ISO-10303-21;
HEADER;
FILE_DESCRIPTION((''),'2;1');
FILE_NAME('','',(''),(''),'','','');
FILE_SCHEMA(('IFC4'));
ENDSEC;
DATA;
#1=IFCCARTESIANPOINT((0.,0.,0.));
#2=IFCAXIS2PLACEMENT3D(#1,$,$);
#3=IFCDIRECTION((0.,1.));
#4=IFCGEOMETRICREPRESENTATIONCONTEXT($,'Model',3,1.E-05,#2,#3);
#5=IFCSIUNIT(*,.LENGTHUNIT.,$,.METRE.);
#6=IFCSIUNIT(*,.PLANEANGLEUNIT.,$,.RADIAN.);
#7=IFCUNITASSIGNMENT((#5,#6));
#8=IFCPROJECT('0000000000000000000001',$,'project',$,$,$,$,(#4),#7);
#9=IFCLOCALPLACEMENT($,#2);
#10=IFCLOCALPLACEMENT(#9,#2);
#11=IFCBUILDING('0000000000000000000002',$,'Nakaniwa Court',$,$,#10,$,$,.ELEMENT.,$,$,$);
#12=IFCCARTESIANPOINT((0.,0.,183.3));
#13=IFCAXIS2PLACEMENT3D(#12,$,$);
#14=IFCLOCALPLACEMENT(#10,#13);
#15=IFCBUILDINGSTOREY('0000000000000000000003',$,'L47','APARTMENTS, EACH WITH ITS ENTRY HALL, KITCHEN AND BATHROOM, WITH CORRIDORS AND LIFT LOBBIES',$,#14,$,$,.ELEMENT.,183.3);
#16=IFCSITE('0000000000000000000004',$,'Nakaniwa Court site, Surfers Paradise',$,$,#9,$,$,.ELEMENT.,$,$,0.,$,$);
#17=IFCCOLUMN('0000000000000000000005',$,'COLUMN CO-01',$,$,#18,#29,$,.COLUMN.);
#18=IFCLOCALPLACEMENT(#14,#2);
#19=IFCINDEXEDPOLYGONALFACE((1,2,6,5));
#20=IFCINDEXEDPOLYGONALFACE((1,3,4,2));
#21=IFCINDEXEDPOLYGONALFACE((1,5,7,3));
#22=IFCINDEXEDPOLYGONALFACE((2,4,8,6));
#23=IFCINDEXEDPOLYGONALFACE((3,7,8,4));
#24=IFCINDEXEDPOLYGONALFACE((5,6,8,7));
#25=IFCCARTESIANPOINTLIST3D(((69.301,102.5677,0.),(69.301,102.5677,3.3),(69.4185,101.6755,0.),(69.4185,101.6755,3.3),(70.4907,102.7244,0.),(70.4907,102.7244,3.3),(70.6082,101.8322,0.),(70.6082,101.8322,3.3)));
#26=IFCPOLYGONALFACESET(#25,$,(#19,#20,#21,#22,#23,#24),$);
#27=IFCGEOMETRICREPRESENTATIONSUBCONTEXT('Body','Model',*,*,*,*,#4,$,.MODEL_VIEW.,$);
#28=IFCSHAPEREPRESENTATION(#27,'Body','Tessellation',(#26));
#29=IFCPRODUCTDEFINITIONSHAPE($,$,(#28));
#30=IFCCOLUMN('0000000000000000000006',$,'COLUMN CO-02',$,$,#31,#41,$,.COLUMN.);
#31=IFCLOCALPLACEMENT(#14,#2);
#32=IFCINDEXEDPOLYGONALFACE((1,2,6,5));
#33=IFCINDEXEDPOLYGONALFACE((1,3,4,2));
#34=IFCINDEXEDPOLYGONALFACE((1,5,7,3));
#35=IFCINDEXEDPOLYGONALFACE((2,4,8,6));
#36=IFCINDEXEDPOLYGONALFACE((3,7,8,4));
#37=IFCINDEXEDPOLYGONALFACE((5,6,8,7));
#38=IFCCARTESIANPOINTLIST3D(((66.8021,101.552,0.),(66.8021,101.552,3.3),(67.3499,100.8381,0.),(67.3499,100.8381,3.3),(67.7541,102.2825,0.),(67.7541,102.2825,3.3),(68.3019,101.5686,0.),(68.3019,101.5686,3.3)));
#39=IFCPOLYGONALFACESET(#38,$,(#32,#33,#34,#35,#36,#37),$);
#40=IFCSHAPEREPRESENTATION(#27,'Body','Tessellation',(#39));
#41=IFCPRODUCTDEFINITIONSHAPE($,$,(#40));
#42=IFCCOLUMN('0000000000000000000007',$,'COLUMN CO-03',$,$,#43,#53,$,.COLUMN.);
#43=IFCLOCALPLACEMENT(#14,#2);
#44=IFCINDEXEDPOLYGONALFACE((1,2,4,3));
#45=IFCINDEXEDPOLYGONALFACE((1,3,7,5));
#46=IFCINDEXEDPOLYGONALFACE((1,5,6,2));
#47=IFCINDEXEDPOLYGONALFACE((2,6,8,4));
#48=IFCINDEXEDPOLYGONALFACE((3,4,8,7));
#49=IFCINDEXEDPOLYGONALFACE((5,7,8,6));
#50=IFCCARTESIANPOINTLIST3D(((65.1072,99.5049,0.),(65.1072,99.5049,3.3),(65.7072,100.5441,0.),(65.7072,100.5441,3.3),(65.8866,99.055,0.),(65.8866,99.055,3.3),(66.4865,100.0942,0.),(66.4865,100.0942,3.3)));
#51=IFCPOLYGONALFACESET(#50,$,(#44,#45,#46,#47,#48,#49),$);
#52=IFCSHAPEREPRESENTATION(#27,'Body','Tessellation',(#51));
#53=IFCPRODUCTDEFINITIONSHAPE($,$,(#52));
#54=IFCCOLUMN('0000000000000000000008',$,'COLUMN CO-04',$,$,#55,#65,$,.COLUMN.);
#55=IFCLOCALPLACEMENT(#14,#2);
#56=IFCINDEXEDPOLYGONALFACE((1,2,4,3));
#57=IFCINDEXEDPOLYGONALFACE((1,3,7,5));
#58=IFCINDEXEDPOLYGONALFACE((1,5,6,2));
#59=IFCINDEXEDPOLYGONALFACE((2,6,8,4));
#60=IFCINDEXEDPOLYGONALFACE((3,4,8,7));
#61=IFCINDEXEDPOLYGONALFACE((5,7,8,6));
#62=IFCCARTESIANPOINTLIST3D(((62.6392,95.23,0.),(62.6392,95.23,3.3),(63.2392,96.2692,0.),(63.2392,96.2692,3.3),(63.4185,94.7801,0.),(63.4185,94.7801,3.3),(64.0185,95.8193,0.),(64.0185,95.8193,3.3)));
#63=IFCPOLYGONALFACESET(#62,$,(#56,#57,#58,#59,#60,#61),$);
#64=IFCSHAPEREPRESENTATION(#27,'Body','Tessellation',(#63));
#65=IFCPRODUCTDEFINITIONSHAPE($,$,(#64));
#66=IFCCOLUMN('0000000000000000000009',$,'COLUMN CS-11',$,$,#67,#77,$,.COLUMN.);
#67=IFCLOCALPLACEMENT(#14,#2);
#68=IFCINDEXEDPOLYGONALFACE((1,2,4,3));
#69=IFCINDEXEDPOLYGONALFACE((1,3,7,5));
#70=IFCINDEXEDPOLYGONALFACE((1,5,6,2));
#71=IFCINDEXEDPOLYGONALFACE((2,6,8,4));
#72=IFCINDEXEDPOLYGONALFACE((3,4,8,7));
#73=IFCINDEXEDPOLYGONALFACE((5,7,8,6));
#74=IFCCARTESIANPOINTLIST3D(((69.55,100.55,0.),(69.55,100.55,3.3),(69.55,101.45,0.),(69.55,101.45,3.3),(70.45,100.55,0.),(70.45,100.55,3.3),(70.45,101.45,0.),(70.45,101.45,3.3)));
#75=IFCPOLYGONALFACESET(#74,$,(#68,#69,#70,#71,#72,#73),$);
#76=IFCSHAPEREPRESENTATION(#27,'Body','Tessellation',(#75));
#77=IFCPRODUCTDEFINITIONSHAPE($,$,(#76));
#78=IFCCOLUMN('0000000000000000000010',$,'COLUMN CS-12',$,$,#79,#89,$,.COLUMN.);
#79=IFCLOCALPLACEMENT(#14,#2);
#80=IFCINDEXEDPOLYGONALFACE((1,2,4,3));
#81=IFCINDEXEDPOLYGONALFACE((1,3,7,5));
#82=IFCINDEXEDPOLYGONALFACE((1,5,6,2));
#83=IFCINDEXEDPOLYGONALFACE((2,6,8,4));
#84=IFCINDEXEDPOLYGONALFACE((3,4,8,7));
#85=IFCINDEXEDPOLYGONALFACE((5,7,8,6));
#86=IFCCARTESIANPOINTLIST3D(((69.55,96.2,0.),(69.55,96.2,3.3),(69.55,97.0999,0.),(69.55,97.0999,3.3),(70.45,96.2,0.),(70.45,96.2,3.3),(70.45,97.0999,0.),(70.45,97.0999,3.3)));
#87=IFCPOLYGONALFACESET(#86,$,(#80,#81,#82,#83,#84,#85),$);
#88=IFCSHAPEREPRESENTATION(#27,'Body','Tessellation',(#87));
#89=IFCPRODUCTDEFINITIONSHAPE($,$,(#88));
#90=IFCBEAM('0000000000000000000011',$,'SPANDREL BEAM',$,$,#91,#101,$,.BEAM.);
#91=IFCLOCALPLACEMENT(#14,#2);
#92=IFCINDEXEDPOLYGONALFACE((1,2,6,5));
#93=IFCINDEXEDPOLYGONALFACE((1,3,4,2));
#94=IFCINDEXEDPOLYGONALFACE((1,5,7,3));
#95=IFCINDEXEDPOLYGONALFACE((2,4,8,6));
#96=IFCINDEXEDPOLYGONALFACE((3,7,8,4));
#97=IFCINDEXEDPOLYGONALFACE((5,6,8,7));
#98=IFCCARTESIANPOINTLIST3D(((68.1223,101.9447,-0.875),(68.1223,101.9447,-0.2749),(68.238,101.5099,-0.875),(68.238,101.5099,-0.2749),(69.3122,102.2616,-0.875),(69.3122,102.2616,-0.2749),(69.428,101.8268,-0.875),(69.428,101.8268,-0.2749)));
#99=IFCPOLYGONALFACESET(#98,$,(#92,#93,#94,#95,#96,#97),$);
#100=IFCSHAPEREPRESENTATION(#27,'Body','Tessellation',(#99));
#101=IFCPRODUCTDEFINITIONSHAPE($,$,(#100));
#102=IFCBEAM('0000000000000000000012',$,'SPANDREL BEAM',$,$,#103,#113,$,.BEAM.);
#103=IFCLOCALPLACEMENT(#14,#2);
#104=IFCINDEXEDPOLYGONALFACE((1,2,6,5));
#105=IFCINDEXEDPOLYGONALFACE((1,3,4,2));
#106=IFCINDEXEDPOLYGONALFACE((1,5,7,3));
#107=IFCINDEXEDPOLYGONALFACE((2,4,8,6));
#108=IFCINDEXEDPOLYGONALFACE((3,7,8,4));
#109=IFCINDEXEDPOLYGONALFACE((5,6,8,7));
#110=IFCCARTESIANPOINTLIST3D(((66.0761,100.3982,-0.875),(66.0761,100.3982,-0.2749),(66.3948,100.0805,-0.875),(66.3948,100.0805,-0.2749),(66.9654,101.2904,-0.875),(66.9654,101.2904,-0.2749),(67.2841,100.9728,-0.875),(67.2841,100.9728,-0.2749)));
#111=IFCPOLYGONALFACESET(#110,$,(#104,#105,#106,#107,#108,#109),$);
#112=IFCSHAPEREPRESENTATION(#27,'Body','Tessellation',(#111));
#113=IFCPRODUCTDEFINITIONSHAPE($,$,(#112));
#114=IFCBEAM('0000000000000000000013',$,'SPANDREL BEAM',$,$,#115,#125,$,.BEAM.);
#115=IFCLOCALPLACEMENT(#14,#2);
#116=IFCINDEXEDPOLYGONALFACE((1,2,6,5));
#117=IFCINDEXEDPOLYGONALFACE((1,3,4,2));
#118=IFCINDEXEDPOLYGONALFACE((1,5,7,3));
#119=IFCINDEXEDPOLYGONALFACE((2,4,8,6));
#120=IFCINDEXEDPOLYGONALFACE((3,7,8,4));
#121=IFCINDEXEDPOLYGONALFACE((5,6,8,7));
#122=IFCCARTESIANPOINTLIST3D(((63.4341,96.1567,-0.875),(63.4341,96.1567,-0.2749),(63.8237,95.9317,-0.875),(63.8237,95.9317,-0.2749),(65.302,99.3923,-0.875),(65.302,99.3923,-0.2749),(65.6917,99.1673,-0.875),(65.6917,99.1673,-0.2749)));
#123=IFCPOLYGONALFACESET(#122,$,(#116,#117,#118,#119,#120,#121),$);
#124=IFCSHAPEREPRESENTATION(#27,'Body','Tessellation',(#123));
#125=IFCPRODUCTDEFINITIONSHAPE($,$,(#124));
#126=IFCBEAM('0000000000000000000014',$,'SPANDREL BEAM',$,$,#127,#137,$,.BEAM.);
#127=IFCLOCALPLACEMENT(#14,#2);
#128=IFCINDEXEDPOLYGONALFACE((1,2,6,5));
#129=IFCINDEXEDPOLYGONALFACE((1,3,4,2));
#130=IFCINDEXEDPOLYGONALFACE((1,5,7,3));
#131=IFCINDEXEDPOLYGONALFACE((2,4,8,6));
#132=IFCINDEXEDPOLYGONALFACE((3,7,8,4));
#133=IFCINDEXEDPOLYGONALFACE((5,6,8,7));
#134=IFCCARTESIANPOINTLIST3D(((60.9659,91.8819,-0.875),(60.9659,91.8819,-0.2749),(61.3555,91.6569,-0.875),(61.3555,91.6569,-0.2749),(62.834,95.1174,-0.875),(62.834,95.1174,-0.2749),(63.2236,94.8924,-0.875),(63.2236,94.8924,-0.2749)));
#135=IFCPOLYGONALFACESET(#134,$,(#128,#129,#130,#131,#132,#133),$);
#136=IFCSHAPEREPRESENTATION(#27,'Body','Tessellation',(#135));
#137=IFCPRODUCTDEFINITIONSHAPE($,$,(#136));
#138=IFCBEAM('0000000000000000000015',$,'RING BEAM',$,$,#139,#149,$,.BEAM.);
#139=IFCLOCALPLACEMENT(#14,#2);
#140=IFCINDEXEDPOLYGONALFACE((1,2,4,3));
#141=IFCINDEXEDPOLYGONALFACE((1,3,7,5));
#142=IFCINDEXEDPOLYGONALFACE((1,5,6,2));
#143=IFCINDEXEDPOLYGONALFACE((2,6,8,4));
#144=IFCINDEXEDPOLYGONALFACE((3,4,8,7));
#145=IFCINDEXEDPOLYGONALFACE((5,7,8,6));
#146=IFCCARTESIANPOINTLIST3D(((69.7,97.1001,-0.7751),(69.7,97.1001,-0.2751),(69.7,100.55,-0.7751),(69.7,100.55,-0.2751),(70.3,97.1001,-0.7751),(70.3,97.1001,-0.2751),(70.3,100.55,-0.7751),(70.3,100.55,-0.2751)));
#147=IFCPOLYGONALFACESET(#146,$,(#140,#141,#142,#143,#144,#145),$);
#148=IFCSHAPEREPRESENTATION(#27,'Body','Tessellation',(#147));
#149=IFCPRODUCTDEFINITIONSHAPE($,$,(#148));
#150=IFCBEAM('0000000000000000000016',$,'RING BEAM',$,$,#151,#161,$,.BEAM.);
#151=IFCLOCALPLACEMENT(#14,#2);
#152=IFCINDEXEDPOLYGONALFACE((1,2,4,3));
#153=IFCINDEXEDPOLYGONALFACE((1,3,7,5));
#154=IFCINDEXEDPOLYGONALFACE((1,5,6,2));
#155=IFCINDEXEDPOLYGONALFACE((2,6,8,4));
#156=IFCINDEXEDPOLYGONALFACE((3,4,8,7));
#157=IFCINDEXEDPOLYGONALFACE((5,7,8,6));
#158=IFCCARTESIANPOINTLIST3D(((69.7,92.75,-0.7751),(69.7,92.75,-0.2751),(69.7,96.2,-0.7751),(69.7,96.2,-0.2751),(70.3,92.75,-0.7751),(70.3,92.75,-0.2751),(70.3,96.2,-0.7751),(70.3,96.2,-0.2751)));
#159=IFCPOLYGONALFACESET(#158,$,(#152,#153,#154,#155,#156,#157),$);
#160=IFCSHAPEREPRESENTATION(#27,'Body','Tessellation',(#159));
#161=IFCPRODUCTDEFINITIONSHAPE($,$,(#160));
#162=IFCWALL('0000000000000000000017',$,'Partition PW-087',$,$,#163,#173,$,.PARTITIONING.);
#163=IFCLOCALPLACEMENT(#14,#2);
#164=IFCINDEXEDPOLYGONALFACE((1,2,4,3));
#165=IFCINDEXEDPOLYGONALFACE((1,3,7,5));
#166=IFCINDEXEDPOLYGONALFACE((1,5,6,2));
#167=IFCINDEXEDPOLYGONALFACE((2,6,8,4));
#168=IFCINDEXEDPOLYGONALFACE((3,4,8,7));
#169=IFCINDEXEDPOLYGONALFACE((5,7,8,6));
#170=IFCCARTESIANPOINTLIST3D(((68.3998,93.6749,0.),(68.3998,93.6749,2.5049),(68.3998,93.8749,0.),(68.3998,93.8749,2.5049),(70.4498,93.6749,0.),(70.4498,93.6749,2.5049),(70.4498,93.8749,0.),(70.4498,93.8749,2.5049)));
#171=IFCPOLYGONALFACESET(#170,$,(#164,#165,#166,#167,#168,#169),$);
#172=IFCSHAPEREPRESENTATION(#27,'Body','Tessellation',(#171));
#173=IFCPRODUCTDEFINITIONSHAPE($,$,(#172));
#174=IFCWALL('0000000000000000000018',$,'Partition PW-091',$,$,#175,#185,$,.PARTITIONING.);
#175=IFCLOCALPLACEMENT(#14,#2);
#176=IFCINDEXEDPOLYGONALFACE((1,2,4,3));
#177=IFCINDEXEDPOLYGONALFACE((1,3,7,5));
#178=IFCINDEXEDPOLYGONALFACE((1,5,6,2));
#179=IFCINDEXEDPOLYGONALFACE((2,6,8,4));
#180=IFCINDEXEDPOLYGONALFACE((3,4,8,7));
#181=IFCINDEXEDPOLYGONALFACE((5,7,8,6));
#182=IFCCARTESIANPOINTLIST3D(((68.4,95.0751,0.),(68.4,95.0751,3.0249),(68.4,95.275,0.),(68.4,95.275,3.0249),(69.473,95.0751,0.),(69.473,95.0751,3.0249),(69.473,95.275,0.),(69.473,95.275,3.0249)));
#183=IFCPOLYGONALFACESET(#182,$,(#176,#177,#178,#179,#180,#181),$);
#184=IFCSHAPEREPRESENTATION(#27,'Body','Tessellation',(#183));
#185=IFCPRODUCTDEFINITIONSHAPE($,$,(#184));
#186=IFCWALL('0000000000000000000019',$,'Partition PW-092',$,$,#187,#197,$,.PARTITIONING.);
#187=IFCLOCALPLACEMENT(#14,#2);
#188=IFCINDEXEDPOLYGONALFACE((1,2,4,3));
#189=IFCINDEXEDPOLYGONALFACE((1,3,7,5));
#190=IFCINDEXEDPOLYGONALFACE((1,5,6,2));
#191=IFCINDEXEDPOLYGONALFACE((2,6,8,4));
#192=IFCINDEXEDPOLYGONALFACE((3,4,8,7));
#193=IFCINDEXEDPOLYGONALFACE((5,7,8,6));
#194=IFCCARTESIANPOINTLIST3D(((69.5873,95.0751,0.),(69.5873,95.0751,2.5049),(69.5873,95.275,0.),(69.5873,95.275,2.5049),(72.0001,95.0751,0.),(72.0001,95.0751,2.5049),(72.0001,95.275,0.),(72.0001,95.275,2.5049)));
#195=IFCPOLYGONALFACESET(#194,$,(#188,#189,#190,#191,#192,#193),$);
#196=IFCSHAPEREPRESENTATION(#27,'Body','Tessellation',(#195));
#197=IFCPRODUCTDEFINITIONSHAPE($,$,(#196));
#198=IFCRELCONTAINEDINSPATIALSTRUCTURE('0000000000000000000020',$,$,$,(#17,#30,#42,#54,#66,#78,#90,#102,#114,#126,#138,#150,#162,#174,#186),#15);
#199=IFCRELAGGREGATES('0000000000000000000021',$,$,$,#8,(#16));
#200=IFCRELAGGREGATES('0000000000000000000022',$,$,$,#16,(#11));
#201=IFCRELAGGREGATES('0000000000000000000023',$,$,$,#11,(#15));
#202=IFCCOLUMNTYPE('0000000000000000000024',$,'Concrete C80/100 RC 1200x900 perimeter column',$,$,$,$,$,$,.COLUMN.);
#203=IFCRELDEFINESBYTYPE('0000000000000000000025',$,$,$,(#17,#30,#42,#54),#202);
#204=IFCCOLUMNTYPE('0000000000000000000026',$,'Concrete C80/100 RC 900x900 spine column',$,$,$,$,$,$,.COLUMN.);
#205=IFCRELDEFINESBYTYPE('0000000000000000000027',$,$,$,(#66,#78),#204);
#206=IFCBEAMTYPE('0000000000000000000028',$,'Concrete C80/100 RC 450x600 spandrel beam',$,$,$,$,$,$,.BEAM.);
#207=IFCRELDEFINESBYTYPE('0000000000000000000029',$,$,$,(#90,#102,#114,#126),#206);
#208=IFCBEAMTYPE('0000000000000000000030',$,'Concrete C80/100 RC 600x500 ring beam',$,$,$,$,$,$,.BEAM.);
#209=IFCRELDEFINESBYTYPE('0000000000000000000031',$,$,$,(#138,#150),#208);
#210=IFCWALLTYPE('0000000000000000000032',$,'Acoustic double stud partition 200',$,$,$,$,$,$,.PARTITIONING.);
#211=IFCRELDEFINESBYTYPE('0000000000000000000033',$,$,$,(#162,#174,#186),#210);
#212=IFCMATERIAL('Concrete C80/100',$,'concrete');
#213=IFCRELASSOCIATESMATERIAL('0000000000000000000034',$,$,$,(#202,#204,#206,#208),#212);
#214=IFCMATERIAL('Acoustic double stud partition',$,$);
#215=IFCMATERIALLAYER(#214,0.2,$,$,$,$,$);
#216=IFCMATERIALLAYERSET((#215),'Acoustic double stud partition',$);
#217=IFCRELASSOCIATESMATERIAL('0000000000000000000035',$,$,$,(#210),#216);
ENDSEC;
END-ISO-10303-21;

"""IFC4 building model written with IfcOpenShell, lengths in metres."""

from ifc_helpers import new_model, si_unit, direction, frame, frame_2d, origin, origin_2d, place, context, subcontext, project, spatial, rectangle, extrude, material, layer, layer_set, material_profile, profile_set, type_object, element, save


model = new_model("IFC4")

# Units and contexts
model_context = context("Model", 3, precision=1e-05, world=origin(), true_north=direction((0.0, 1.0)))
body_context = subcontext(model_context, "Body", "Model", "MODEL_VIEW")
ifc_project = project(units=[si_unit("LENGTHUNIT", "METRE"), si_unit("PLANEANGLEUNIT", "RADIAN")], contexts=[model_context])

# Site, building, storey
site_placement = place(None, origin())
site = spatial("IfcSite", under=ifc_project, at=site_placement, Name="Nakaniwa Court site, Surfers Paradise", CompositionType="ELEMENT", RefElevation=0.0)
building_placement = place(site_placement, origin())
building = spatial("IfcBuilding", under=site, at=building_placement, Name="Nakaniwa Court", CompositionType="ELEMENT")
storey_placement = place(building_placement, frame((0.0, 0.0, 183.3)))
storey = spatial("IfcBuildingStorey", under=building, at=storey_placement, Name="L47", Description="APARTMENTS, EACH WITH ITS ENTRY HALL, KITCHEN AND BATHROOM, WITH CORRIDORS AND LIFT LOBBIES", CompositionType="ELEMENT", Elevation=183.3)

# Columns
ifc_material_1 = material(Name="Concrete C80/100", Category="concrete")
ifc_material_profile_1 = material_profile(ifc_material_1, rectangle(XDim=1.2, YDim=0.8999, at=origin_2d()), Name="Concrete C80/100 RC 1200x900 perimeter column")
ifc_profile_set_1 = profile_set([ifc_material_profile_1], Name="Concrete C80/100")
column_type_1 = type_object("IfcColumnType", Name="Concrete C80/100 RC 1200x900 perimeter column", PredefinedType="COLUMN", material=ifc_profile_set_1)
for number, where, z_axis, x_axis, name in (
    (1, (69.9546, 102.2, 0.0), (0.0, 0.0, 1.0), (-0.991443, -0.130543, 0.0), "COLUMN CO-01"),
    (2, (67.552, 101.5603, 0.0), (0.0, 0.0, 1.0), (-0.793364, -0.608748, 0.0), "COLUMN CO-02"),
    (3, (65.7969, 99.7996, 0.0), (0.0, 0.0, 1.0), (-0.5, -0.866025, 0.0), "COLUMN CO-03"),
    (4, (63.3289, 95.5247, 0.0), (0.0, 0.0, 1.0), (-0.5, -0.866025, 0.0), "COLUMN CO-04"),
):
    element("IfcColumn", number, at=place(storey_placement, frame(where, z_axis=z_axis, x_axis=x_axis)), inside=storey, type_object=column_type_1, Name=name, PredefinedType="COLUMN", context=body_context, shape_type="SweptSolid", body=[
        extrude(rectangle(XDim=1.2, YDim=0.8999, at=origin_2d()), origin(), (0.0, 0.0, 1.0), 3.3),
    ])
ifc_material_profile_2 = material_profile(ifc_material_1, rectangle(XDim=0.8999, YDim=0.8999, at=origin_2d()), Name="Concrete C80/100 RC 900x900 spine column")
ifc_profile_set_2 = profile_set([ifc_material_profile_2], Name="Concrete C80/100")
column_type_2 = type_object("IfcColumnType", Name="Concrete C80/100 RC 900x900 spine column", PredefinedType="COLUMN", material=ifc_profile_set_2)
for number, where, z_axis, x_axis, name in (
    (5, (70.0, 101.0, 0.0), (0.0, 0.0, 1.0), (0.0, -1.0, 0.0), "COLUMN CS-11"),
    (6, (70.0, 96.6499, 0.0), (0.0, 0.0, 1.0), (0.0, -1.0, 0.0), "COLUMN CS-12"),
):
    element("IfcColumn", number, at=place(storey_placement, frame(where, z_axis=z_axis, x_axis=x_axis)), inside=storey, type_object=column_type_2, Name=name, PredefinedType="COLUMN", context=body_context, shape_type="SweptSolid", body=[
        extrude(rectangle(XDim=0.8999, YDim=0.8999, at=origin_2d()), origin(), (0.0, 0.0, 1.0), 3.3),
    ])

# Beams
ifc_material_profile_3 = material_profile(ifc_material_1, rectangle(XDim=0.45, YDim=0.6001, at=origin_2d()), Name="Concrete C80/100 RC 450x600 spandrel beam")
ifc_profile_set_3 = profile_set([ifc_material_profile_3], Name="Concrete C80/100")
beam_type_1 = type_object("IfcBeamType", Name="Concrete C80/100 RC 450x600 spandrel beam", PredefinedType="BEAM", material=ifc_profile_set_3)
beam_1_placement = place(storey_placement, frame((69.3701, 102.0442, -0.575), z_axis=(-0.96632, -0.257342, 0.0), x_axis=(0.257342, -0.96632, 0.0)))
element("IfcBeam", 7, at=beam_1_placement, inside=storey, type_object=beam_type_1, Name="SPANDREL BEAM", PredefinedType="BEAM", context=body_context, shape_type="SweptSolid", body=[
    extrude(rectangle(XDim=0.45, YDim=0.6001, at=origin_2d()), origin(), (0.0, 0.0, 1.0), 1.2314),
])
beam_2_placement = place(storey_placement, frame((67.1248, 101.1316, -0.575), z_axis=(-0.705943, -0.708269, 0.0), x_axis=(0.708269, -0.705943, 0.0)))
element("IfcBeam", 8, at=beam_2_placement, inside=storey, type_object=beam_type_1, Name="SPANDREL BEAM", PredefinedType="BEAM", context=body_context, shape_type="SweptSolid", body=[
    extrude(rectangle(XDim=0.45, YDim=0.6001, at=origin_2d()), origin(), (0.0, 0.0, 1.0), 1.2598),
])
for number, where, z_axis, x_axis, name in (
    (9, (65.4968, 99.2798, -0.575), (-0.499969, -0.866043, 0.0), (0.866043, -0.499969, 0.0), "SPANDREL BEAM"),
    (10, (63.0288, 95.0049, -0.575), (-0.500018, -0.866015, 0.0), (0.866015, -0.500018, 0.0), "SPANDREL BEAM"),
):
    element("IfcBeam", number, at=place(storey_placement, frame(where, z_axis=z_axis, x_axis=x_axis)), inside=storey, type_object=beam_type_1, Name=name, PredefinedType="BEAM", context=body_context, shape_type="SweptSolid", body=[
        extrude(rectangle(XDim=0.45, YDim=0.6001, at=origin_2d()), origin(), (0.0, 0.0, 1.0), 3.7361),
    ])
ifc_material_profile_4 = material_profile(ifc_material_1, rectangle(XDim=0.6001, YDim=0.5, at=origin_2d()), Name="Concrete C80/100 RC 600x500 ring beam")
ifc_profile_set_4 = profile_set([ifc_material_profile_4], Name="Concrete C80/100")
beam_type_2 = type_object("IfcBeamType", Name="Concrete C80/100 RC 600x500 ring beam", PredefinedType="BEAM", material=ifc_profile_set_4)
for number, where, z_axis, x_axis, name in (
    (11, (70.0, 100.55, -0.5251), (0.0, -1.0, 0.0), (1.0, 0.0, 0.0), "RING BEAM"),
    (12, (70.0, 96.2, -0.5251), (0.0, -1.0, 0.0), (1.0, 0.0, 0.0), "RING BEAM"),
):
    element("IfcBeam", number, at=place(storey_placement, frame(where, z_axis=z_axis, x_axis=x_axis)), inside=storey, type_object=beam_type_2, Name=name, PredefinedType="BEAM", context=body_context, shape_type="SweptSolid", body=[
        extrude(rectangle(XDim=0.6001, YDim=0.5, at=origin_2d()), origin(), (0.0, 0.0, 1.0), 3.45),
    ])

# Walls
ifc_material_2 = material(Name="Acoustic double stud partition")
ifc_layer_1 = layer(ifc_material_2, 0.2)
ifc_layer_set_1 = layer_set([ifc_layer_1], Name="Acoustic double stud partition")
wall_type_1 = type_object("IfcWallType", Name="Acoustic double stud partition 200", PredefinedType="PARTITIONING", material=ifc_layer_set_1)
wall_1_placement = place(storey_placement, frame((68.3999, 93.7749, 0.0), z_axis=(0.0, 0.0, 1.0), x_axis=(1.0, 0.0, 0.0)))
element("IfcWall", 13, at=wall_1_placement, inside=storey, type_object=wall_type_1, Name="Partition PW-087", PredefinedType="PARTITIONING", context=body_context, shape_type="SweptSolid", body=[
    extrude(rectangle(XDim=2.05, YDim=0.2, at=frame_2d((1.0249, 0.0))), origin(), (0.0, 0.0, 1.0), 2.5049),
])
wall_2_placement = place(storey_placement, frame((68.3999, 95.175, 0.0), z_axis=(0.0, 0.0, 1.0), x_axis=(1.0, 0.0, 0.0)))
element("IfcWall", 14, at=wall_2_placement, inside=storey, type_object=wall_type_1, Name="Partition PW-091", PredefinedType="PARTITIONING", context=body_context, shape_type="SweptSolid", body=[
    extrude(rectangle(XDim=1.073, YDim=0.2, at=frame_2d((0.5366, 0.0))), origin(), (0.0, 0.0, 1.0), 3.0249),
])
wall_3_placement = place(storey_placement, frame((69.5872, 95.175, 0.0), z_axis=(0.0, 0.0, 1.0), x_axis=(1.0, 0.0, 0.0)))
element("IfcWall", 15, at=wall_3_placement, inside=storey, type_object=wall_type_1, Name="Partition PW-092", PredefinedType="PARTITIONING", context=body_context, shape_type="SweptSolid", body=[
    extrude(rectangle(XDim=2.4128, YDim=0.2, at=frame_2d((1.2065, 0.0))), origin(), (0.0, 0.0, 1.0), 2.5049),
])

save(model, "model.ifc")
